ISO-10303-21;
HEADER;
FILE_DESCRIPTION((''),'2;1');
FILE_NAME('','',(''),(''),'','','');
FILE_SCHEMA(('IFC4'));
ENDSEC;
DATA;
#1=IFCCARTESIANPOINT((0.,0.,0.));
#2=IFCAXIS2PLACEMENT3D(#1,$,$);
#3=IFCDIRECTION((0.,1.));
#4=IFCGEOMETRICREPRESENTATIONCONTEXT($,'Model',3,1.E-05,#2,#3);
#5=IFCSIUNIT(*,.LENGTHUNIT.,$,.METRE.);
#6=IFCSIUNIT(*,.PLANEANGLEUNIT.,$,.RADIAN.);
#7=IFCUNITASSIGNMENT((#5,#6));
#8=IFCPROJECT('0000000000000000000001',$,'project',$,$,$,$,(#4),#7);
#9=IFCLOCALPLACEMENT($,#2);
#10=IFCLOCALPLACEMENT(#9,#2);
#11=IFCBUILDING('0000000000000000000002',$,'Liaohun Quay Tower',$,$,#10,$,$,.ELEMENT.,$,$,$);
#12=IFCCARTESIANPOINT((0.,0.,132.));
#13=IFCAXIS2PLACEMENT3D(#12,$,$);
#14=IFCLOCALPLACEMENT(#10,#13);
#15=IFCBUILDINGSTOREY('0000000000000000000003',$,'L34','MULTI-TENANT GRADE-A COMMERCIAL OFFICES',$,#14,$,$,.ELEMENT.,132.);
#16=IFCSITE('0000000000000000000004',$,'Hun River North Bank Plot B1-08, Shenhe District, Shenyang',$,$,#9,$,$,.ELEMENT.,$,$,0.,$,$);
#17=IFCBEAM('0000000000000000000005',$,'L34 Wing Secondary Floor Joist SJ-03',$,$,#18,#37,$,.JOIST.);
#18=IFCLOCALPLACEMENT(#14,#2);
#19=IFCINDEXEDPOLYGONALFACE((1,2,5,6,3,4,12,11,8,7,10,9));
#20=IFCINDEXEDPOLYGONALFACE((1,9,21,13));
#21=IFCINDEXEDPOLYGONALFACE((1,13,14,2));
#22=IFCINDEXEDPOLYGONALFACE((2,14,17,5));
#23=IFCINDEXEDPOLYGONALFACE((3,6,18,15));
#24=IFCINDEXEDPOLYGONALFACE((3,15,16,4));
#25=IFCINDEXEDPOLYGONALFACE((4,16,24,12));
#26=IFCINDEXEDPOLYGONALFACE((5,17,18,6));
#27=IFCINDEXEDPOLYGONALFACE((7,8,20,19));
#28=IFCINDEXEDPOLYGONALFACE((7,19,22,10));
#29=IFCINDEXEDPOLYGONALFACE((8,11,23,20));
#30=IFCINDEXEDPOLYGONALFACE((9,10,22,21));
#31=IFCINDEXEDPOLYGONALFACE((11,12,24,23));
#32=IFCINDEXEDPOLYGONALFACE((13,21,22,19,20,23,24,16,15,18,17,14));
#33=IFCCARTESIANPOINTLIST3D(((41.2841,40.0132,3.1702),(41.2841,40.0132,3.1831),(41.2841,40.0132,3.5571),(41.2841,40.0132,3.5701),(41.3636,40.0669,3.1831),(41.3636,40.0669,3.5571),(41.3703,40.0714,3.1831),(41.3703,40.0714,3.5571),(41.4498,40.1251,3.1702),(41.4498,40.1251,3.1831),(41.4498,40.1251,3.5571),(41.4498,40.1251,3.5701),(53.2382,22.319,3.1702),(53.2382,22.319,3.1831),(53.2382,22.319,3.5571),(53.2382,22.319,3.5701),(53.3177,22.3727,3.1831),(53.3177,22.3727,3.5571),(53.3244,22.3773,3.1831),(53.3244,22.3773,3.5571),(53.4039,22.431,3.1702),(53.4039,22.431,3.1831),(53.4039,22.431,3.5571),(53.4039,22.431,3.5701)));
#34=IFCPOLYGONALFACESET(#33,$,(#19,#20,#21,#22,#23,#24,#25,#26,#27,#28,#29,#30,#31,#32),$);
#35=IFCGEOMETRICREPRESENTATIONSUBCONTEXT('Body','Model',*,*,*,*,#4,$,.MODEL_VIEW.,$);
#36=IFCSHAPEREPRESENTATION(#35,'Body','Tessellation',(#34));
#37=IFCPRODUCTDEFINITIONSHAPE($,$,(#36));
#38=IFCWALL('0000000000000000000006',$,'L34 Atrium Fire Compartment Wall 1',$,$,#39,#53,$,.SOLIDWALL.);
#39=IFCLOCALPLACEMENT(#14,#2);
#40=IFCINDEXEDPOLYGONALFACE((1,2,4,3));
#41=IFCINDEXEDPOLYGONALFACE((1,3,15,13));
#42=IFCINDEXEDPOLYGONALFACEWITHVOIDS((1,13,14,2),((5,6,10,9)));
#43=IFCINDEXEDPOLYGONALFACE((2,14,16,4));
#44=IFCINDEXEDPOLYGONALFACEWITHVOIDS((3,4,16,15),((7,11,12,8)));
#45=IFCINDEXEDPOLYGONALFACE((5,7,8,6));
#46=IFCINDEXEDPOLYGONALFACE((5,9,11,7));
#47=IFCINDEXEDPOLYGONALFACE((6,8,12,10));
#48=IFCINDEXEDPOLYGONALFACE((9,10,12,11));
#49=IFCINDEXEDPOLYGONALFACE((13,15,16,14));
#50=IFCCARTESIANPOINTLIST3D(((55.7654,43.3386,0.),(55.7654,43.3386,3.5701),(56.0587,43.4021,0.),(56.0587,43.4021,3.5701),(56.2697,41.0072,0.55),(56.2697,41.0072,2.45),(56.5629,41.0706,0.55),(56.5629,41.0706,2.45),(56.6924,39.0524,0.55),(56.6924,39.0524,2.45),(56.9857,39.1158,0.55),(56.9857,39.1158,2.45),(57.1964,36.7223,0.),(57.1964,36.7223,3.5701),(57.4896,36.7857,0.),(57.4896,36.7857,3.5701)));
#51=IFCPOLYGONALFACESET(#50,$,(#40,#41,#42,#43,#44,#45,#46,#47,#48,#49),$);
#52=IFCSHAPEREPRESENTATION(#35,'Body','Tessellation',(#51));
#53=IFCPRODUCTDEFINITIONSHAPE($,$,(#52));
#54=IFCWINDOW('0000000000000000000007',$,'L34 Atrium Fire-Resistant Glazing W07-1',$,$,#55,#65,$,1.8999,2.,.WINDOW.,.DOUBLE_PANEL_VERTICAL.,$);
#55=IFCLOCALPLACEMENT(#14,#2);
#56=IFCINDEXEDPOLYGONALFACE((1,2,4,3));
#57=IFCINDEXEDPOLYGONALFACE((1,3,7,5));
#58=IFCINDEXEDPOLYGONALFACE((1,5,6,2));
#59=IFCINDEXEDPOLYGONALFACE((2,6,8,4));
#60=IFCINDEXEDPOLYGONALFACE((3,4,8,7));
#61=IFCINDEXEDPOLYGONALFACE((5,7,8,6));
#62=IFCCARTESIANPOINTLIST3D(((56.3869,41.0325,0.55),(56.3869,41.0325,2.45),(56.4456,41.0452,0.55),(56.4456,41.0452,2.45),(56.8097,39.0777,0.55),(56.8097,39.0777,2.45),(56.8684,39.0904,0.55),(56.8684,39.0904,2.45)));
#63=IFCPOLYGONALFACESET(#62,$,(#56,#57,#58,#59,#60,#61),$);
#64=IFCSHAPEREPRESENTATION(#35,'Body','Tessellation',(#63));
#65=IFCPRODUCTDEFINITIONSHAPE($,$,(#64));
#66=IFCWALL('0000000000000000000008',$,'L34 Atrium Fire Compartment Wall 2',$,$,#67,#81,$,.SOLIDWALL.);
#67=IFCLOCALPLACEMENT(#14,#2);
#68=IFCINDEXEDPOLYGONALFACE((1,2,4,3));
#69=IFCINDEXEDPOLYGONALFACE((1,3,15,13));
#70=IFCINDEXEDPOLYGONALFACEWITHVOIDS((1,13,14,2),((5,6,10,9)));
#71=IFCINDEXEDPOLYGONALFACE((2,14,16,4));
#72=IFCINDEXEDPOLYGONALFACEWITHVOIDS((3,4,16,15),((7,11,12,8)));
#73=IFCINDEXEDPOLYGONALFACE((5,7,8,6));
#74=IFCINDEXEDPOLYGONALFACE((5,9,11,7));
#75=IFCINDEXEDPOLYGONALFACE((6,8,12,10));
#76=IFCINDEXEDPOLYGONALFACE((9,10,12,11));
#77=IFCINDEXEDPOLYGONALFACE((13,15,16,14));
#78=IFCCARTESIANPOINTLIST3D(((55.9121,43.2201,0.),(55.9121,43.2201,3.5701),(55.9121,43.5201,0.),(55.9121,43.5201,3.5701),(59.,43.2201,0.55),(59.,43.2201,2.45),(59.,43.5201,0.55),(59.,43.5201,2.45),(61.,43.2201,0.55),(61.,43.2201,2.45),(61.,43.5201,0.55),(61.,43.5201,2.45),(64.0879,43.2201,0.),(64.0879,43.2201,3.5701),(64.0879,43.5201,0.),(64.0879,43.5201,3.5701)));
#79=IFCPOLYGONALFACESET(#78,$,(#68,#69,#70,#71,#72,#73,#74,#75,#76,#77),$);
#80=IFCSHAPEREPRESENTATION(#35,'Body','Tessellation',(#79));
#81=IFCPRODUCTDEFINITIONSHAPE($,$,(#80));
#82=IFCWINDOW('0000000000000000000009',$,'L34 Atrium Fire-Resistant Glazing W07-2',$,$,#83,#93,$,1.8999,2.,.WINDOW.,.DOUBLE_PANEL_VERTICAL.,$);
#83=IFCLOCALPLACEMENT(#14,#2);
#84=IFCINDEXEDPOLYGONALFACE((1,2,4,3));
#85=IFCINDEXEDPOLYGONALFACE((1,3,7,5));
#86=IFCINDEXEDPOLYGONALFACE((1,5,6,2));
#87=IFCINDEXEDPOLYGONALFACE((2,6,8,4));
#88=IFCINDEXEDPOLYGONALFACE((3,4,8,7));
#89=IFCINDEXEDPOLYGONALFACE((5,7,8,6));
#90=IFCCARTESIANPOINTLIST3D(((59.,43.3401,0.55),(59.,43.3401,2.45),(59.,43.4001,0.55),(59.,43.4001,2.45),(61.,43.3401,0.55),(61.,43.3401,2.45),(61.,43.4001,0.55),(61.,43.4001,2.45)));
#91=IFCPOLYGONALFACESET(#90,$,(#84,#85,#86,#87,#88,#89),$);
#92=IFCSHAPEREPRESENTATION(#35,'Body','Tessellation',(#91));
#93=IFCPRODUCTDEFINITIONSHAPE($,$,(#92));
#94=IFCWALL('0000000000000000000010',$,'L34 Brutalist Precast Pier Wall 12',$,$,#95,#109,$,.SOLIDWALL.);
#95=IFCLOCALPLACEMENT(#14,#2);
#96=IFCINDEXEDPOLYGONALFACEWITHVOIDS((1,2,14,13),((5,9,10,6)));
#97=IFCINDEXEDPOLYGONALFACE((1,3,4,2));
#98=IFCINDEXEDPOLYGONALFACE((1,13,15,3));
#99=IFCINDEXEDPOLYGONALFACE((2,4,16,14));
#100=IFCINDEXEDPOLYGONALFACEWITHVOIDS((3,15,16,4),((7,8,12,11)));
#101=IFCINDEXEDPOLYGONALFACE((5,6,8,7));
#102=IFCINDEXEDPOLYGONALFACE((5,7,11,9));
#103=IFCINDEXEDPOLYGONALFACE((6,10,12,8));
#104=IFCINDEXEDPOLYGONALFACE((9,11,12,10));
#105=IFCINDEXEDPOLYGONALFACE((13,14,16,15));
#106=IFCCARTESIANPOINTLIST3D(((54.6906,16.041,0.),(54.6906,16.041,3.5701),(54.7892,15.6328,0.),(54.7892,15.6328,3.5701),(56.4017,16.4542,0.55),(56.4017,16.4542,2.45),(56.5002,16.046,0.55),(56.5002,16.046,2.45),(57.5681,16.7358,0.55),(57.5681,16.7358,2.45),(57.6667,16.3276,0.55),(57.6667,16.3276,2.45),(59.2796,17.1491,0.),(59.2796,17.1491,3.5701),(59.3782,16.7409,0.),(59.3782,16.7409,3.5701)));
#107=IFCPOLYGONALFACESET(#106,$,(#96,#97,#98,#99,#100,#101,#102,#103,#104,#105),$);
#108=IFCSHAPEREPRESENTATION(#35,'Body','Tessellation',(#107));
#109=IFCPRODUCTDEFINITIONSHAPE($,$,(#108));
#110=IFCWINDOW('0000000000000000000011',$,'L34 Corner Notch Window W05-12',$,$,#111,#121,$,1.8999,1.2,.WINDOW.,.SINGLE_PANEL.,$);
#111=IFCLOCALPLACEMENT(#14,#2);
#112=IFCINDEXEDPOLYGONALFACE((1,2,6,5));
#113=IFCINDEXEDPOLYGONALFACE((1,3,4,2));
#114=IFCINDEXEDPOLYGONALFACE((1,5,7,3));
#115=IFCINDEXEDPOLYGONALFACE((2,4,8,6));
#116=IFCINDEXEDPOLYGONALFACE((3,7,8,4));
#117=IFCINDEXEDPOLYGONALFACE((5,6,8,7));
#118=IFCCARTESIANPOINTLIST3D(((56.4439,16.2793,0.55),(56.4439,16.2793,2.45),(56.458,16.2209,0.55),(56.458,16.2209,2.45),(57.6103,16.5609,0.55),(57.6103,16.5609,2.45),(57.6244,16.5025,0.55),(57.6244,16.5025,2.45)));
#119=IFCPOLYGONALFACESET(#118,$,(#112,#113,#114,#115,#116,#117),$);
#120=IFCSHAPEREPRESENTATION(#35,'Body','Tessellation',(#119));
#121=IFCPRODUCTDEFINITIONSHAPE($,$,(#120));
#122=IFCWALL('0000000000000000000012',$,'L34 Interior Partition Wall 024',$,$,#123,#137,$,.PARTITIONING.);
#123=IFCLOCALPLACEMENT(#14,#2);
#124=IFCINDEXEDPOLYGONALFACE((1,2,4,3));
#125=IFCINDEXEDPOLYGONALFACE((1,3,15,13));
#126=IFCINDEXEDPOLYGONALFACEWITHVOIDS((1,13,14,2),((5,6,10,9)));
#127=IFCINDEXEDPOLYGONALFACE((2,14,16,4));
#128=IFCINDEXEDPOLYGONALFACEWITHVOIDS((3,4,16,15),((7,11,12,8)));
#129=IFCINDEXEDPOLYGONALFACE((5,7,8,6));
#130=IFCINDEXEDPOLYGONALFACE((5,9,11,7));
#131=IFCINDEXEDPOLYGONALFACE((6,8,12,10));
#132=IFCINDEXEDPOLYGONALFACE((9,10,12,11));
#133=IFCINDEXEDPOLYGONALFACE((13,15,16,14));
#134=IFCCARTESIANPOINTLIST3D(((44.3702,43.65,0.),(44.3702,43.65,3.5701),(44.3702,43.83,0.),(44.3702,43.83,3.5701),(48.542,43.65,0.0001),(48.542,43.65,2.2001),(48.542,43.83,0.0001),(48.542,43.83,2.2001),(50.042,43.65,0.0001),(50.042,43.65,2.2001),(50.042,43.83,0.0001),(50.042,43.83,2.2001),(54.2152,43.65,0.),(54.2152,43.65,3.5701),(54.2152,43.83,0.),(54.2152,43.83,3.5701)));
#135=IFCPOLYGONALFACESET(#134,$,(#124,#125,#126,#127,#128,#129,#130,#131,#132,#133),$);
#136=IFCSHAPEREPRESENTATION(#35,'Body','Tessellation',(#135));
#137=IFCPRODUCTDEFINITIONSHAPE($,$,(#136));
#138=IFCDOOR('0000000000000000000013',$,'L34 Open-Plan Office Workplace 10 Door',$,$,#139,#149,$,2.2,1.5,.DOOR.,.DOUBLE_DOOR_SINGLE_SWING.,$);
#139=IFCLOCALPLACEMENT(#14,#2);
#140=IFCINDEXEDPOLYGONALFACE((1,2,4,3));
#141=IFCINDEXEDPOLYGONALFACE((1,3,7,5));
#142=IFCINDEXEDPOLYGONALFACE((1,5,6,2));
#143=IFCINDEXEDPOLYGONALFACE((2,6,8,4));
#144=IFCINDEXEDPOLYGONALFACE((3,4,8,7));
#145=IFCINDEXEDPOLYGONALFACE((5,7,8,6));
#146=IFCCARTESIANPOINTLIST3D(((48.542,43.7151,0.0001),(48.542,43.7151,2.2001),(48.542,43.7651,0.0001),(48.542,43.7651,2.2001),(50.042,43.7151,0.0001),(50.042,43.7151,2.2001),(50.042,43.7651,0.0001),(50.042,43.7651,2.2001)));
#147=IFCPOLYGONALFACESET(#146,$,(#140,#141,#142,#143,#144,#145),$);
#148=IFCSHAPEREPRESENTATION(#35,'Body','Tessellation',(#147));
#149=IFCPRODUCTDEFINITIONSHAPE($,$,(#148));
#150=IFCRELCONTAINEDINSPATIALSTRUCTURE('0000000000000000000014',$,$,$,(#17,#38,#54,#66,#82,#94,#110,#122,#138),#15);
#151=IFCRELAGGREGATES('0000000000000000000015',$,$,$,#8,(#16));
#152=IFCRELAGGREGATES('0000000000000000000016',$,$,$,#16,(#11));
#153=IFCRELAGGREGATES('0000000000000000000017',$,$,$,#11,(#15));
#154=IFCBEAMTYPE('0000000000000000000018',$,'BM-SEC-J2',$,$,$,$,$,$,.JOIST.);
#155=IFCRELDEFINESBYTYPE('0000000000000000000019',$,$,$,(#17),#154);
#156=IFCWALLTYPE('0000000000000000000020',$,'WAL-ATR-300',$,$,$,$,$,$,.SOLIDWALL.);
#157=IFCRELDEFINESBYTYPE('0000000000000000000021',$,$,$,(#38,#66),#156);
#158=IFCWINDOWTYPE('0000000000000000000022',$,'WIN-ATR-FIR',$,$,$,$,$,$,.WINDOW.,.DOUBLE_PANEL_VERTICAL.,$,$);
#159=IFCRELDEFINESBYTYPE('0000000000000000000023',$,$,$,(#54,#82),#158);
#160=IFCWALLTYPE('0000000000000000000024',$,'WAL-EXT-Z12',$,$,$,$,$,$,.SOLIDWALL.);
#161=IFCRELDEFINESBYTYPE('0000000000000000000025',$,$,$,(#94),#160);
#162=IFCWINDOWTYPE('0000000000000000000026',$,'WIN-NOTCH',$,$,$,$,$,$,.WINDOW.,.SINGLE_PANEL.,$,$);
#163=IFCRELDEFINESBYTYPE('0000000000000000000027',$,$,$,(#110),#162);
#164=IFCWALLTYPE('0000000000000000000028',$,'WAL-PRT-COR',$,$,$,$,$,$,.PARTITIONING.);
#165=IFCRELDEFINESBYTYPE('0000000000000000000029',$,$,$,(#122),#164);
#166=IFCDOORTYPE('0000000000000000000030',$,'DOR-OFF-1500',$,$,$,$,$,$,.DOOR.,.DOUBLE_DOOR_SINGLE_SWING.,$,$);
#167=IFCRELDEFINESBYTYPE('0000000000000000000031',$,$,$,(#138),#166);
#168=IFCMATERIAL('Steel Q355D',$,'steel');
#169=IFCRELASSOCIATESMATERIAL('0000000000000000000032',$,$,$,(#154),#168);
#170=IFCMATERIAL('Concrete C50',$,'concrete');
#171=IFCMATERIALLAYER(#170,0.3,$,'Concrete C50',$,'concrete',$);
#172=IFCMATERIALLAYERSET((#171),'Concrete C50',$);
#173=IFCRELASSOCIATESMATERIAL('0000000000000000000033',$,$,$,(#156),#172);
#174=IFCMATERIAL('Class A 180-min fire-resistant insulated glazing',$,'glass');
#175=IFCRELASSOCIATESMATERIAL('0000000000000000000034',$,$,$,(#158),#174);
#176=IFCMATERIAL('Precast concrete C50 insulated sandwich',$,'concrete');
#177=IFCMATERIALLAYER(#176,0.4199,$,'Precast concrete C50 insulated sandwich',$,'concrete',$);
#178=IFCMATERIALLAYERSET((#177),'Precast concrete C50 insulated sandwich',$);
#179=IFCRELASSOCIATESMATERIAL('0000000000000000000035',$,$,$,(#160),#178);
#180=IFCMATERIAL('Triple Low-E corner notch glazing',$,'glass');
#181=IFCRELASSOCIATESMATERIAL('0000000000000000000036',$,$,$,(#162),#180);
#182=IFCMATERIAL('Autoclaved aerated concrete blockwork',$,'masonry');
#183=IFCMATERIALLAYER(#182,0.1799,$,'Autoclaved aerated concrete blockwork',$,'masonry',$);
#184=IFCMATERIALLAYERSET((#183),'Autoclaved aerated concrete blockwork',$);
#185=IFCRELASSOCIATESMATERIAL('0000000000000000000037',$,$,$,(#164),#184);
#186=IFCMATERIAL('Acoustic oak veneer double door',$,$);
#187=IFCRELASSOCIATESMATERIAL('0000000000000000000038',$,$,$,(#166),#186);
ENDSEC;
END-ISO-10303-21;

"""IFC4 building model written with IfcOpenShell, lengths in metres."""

from ifc_helpers import new_model, si_unit, direction, frame, frame_2d, origin, origin_2d, place, context, subcontext, project, spatial, rectangle, i_section, extrude, source, transform, mapped, material, layer, layer_set, material_profile, profile_set, type_object, element, fill, save


model = new_model("IFC4")

# Units and contexts
model_context = context("Model", 3, precision=1e-05, world=origin(), true_north=direction((0.0, 1.0)))
body_context = subcontext(model_context, "Body", "Model", "MODEL_VIEW")
ifc_project = project(units=[si_unit("LENGTHUNIT", "METRE"), si_unit("PLANEANGLEUNIT", "RADIAN")], contexts=[model_context])

# Site, building, storey
site_placement = place(None, origin())
site = spatial("IfcSite", under=ifc_project, at=site_placement, Name="Hun River North Bank Plot B1-08, Shenhe District, Shenyang", CompositionType="ELEMENT", RefElevation=0.0)
building_placement = place(site_placement, origin())
building = spatial("IfcBuilding", under=site, at=building_placement, Name="Liaohun Quay Tower", CompositionType="ELEMENT")
storey_placement = place(building_placement, frame((0.0, 0.0, 132.0)))
storey = spatial("IfcBuildingStorey", under=building, at=storey_placement, Name="L34", Description="MULTI-TENANT GRADE-A COMMERCIAL OFFICES", CompositionType="ELEMENT", Elevation=132.0)

# Beam
ifc_material_1 = material(Name="Steel Q355D", Category="steel")
ifc_material_profile_1 = material_profile(ifc_material_1, i_section(OverallWidth=0.2, OverallDepth=0.3999, WebThickness=0.0081, FlangeThickness=0.0129, at=origin_2d()), Name="HN400x200x8x13")
ifc_profile_set_1 = profile_set([ifc_material_profile_1], Name="Steel Q355D")
beam_type_1 = type_object("IfcBeamType", Name="BM-SEC-J2", PredefinedType="JOIST", material=ifc_profile_set_1)
shared_shape_1 = source(origin(), body_context, "Body", "SweptSolid", [
    extrude(i_section(OverallWidth=0.2, OverallDepth=0.3999, WebThickness=0.0081, FlangeThickness=0.0129, at=origin_2d()), origin(), (0.0, 0.0, 1.0), 21.3538),
])
beam_1_placement = place(storey_placement, frame((53.321, 22.375, 3.3701), z_axis=(-0.559813, 0.828619, 0.0), x_axis=(-0.828619, -0.559813, 0.0)))
element("IfcBeam", 1, at=beam_1_placement, inside=storey, type_object=beam_type_1, Name="L34 Wing Secondary Floor Joist SJ-03", PredefinedType="JOIST", context=body_context, shape_type="MappedRepresentation", body=[
    mapped(shared_shape_1, transform((0.0, 0.0, 0.0), x_axis=(1.0, 0.0, 0.0), y_axis=(0.0, 1.0, 0.0), z_axis=(0.0, 0.0, 1.0), scale=1.0)),
])

# Walls, openings, windows
ifc_material_2 = material(Name="Concrete C50", Category="concrete")
ifc_layer_1 = layer(ifc_material_2, 0.3, Name="Concrete C50", Category="concrete")
ifc_layer_set_1 = layer_set([ifc_layer_1], Name="Concrete C50")
wall_type_1 = type_object("IfcWallType", Name="WAL-ATR-300", PredefinedType="SOLIDWALL", material=ifc_layer_set_1)
wall_1_placement = place(storey_placement, frame((57.343, 36.7539, 0.0), z_axis=(0.0, 0.0, 1.0), x_axis=(-0.211386, 0.977403, 0.0)))
wall_1 = element("IfcWall", 2, at=wall_1_placement, inside=storey, type_object=wall_type_1, Name="L34 Atrium Fire Compartment Wall 1", PredefinedType="SOLIDWALL", context=body_context, shape_type="SweptSolid", body=[
    extrude(rectangle(XDim=6.7693, YDim=0.3, at=frame_2d((3.3848, 0.0))), origin(), (0.0, 0.0, 1.0), 3.5701),
])
shared_shape_2 = source(origin(), body_context, "Body", "SweptSolid", [
    extrude(rectangle(XDim=2.0, YDim=1.8999, at=frame_2d((1.0, 0.95))), frame((0.0, 0.1599, 0.0), z_axis=(0.0, -1.0, 0.0), x_axis=(1.0, 0.0, 0.0)), (0.0, 0.0, 1.0), 0.3201),
])
opening_1_placement = place(wall_1_placement, frame((2.384, 0.0, 0.55)))
opening_1 = element("IfcOpeningElement", 3, at=opening_1_placement, cuts=wall_1, PredefinedType="OPENING", context=body_context, shape_type="MappedRepresentation", body=[
    mapped(shared_shape_2, transform((0.0, 0.0, 0.0), x_axis=(1.0, 0.0, 0.0), y_axis=(0.0, 1.0, 0.0), z_axis=(0.0, 0.0, 1.0), scale=1.0)),
])
ifc_material_3 = material(Name="Class A 180-min fire-resistant insulated glazing", Category="glass")
window_type_1 = type_object("IfcWindowType", Name="WIN-ATR-FIR", PartitioningType="DOUBLE_PANEL_VERTICAL", PredefinedType="WINDOW", material=ifc_material_3)
shared_shape_3 = source(origin(), body_context, "Body", "SweptSolid", [
    extrude(rectangle(XDim=2.0, YDim=1.8999, at=frame_2d((1.0, 0.95))), frame((0.0, 0.03, 0.0), z_axis=(0.0, -1.0, 0.0), x_axis=(1.0, 0.0, 0.0)), (0.0, 0.0, 1.0), 0.0601),
])
window_1_placement = place(opening_1_placement, origin())
window_1 = element("IfcWindow", 4, at=window_1_placement, inside=storey, type_object=window_type_1, Name="L34 Atrium Fire-Resistant Glazing W07-1", OverallHeight=1.8999, OverallWidth=2.0, PartitioningType="DOUBLE_PANEL_VERTICAL", PredefinedType="WINDOW", context=body_context, shape_type="MappedRepresentation", body=[
    mapped(shared_shape_3, transform((0.0, 0.0, 0.0), x_axis=(1.0, 0.0, 0.0), y_axis=(0.0, 1.0, 0.0), z_axis=(0.0, 0.0, 1.0), scale=1.0)),
])
fill(opening_1, window_1)
wall_2_placement = place(storey_placement, frame((55.9121, 43.3701, 0.0), z_axis=(0.0, 0.0, 1.0), x_axis=(1.0, 0.0, 0.0)))
wall_2 = element("IfcWall", 5, at=wall_2_placement, inside=storey, type_object=wall_type_1, Name="L34 Atrium Fire Compartment Wall 2", PredefinedType="SOLIDWALL", context=body_context, shape_type="SweptSolid", body=[
    extrude(rectangle(XDim=8.1758, YDim=0.3, at=frame_2d((4.0879, 0.0))), origin(), (0.0, 0.0, 1.0), 3.5701),
])
opening_2_placement = place(wall_2_placement, frame((3.0879, 0.0, 0.55)))
opening_2 = element("IfcOpeningElement", 6, at=opening_2_placement, cuts=wall_2, PredefinedType="OPENING", context=body_context, shape_type="MappedRepresentation", body=[
    mapped(shared_shape_2, transform((0.0, 0.0, 0.0), x_axis=(1.0, 0.0, 0.0), y_axis=(0.0, 1.0, 0.0), z_axis=(0.0, 0.0, 1.0), scale=1.0)),
])
window_2_placement = place(opening_2_placement, origin())
window_2 = element("IfcWindow", 7, at=window_2_placement, inside=storey, type_object=window_type_1, Name="L34 Atrium Fire-Resistant Glazing W07-2", OverallHeight=1.8999, OverallWidth=2.0, PartitioningType="DOUBLE_PANEL_VERTICAL", PredefinedType="WINDOW", context=body_context, shape_type="MappedRepresentation", body=[
    mapped(shared_shape_3, transform((0.0, 0.0, 0.0), x_axis=(1.0, 0.0, 0.0), y_axis=(0.0, 1.0, 0.0), z_axis=(0.0, 0.0, 1.0), scale=1.0)),
])
fill(opening_2, window_2)
ifc_material_4 = material(Name="Precast concrete C50 insulated sandwich", Category="concrete")
ifc_layer_2 = layer(ifc_material_4, 0.4199, Name="Precast concrete C50 insulated sandwich", Category="concrete")
ifc_layer_set_2 = layer_set([ifc_layer_2], Name="Precast concrete C50 insulated sandwich")
wall_type_2 = type_object("IfcWallType", Name="WAL-EXT-Z12", PredefinedType="SOLIDWALL", material=ifc_layer_set_2)
wall_3_placement = place(storey_placement, frame((54.74, 15.8369, 0.0), z_axis=(0.0, 0.0, 1.0), x_axis=(0.972061, 0.234728, 0.0)))
wall_3 = element("IfcWall", 8, at=wall_3_placement, inside=storey, type_object=wall_type_2, Name="L34 Brutalist Precast Pier Wall 12", PredefinedType="SOLIDWALL", context=body_context, shape_type="SweptSolid", body=[
    extrude(rectangle(XDim=4.7209, YDim=0.4199, at=frame_2d((2.3604, 0.0))), origin(), (0.0, 0.0, 1.0), 3.5701),
])
shared_shape_4 = source(origin(), body_context, "Body", "SweptSolid", [
    extrude(rectangle(XDim=1.2, YDim=1.8999, at=frame_2d((0.6001, 0.95))), frame((0.0, 0.22, 0.0), z_axis=(0.0, -1.0, 0.0), x_axis=(1.0, 0.0, 0.0)), (0.0, 0.0, 1.0), 0.4399),
])
opening_3_placement = place(wall_3_placement, frame((1.76, 0.0, 0.55)))
opening_3 = element("IfcOpeningElement", 9, at=opening_3_placement, cuts=wall_3, PredefinedType="OPENING", context=body_context, shape_type="MappedRepresentation", body=[
    mapped(shared_shape_4, transform((0.0, 0.0, 0.0), x_axis=(1.0, 0.0, 0.0), y_axis=(0.0, 1.0, 0.0), z_axis=(0.0, 0.0, 1.0), scale=1.0)),
])
ifc_material_5 = material(Name="Triple Low-E corner notch glazing", Category="glass")
window_type_2 = type_object("IfcWindowType", Name="WIN-NOTCH", PartitioningType="SINGLE_PANEL", PredefinedType="WINDOW", material=ifc_material_5)
shared_shape_5 = source(origin(), body_context, "Body", "SweptSolid", [
    extrude(rectangle(XDim=1.2, YDim=1.8999, at=frame_2d((0.6001, 0.95))), frame((0.0, 0.03, 0.0), z_axis=(0.0, -1.0, 0.0), x_axis=(1.0, 0.0, 0.0)), (0.0, 0.0, 1.0), 0.0601),
])
window_3_placement = place(opening_3_placement, origin())
window_3 = element("IfcWindow", 10, at=window_3_placement, inside=storey, type_object=window_type_2, Name="L34 Corner Notch Window W05-12", OverallHeight=1.8999, OverallWidth=1.2, PartitioningType="SINGLE_PANEL", PredefinedType="WINDOW", context=body_context, shape_type="MappedRepresentation", body=[
    mapped(shared_shape_5, transform((0.0, 0.0, 0.0), x_axis=(1.0, 0.0, 0.0), y_axis=(0.0, 1.0, 0.0), z_axis=(0.0, 0.0, 1.0), scale=1.0)),
])
fill(opening_3, window_3)

# Wall, opening, door
ifc_material_6 = material(Name="Autoclaved aerated concrete blockwork", Category="masonry")
ifc_layer_3 = layer(ifc_material_6, 0.1799, Name="Autoclaved aerated concrete blockwork", Category="masonry")
ifc_layer_set_3 = layer_set([ifc_layer_3], Name="Autoclaved aerated concrete blockwork")
wall_type_3 = type_object("IfcWallType", Name="WAL-PRT-COR", PredefinedType="PARTITIONING", material=ifc_layer_set_3)
wall_4_placement = place(storey_placement, frame((54.2151, 43.74, 0.0), z_axis=(0.0, 0.0, 1.0), x_axis=(-1.0, 0.0, 0.0)))
wall_4 = element("IfcWall", 11, at=wall_4_placement, inside=storey, type_object=wall_type_3, Name="L34 Interior Partition Wall 024", PredefinedType="PARTITIONING", context=body_context, shape_type="SweptSolid", body=[
    extrude(rectangle(XDim=9.845, YDim=0.1799, at=frame_2d((4.9224, 0.0))), origin(), (0.0, 0.0, 1.0), 3.5701),
])
shared_shape_6 = source(origin(), body_context, "Body", "SweptSolid", [
    extrude(rectangle(XDim=1.5, YDim=2.2, at=frame_2d((0.75, 1.1001))), frame((0.0, 0.0999, 0.0), z_axis=(0.0, -1.0, 0.0), x_axis=(1.0, 0.0, 0.0)), (0.0, 0.0, 1.0), 0.2),
])
opening_4_placement = place(wall_4_placement, frame((4.1731, 0.0, 0.0)))
opening_4 = element("IfcOpeningElement", 12, at=opening_4_placement, cuts=wall_4, PredefinedType="OPENING", context=body_context, shape_type="MappedRepresentation", body=[
    mapped(shared_shape_6, transform((0.0, 0.0, 0.0), x_axis=(1.0, 0.0, 0.0), y_axis=(0.0, 1.0, 0.0), z_axis=(0.0, 0.0, 1.0), scale=1.0)),
])
ifc_material_7 = material(Name="Acoustic oak veneer double door")
door_type = type_object("IfcDoorType", Name="DOR-OFF-1500", OperationType="DOUBLE_DOOR_SINGLE_SWING", PredefinedType="DOOR", material=ifc_material_7)
shared_shape_7 = source(origin(), body_context, "Body", "SweptSolid", [
    extrude(rectangle(XDim=1.5, YDim=2.2, at=frame_2d((0.75, 1.1001))), frame((0.0, 0.0249, 0.0), z_axis=(0.0, -1.0, 0.0), x_axis=(1.0, 0.0, 0.0)), (0.0, 0.0, 1.0), 0.05),
])
door_placement = place(opening_4_placement, origin())
door = element("IfcDoor", 13, at=door_placement, inside=storey, type_object=door_type, Name="L34 Open-Plan Office Workplace 10 Door", OperationType="DOUBLE_DOOR_SINGLE_SWING", OverallHeight=2.2, OverallWidth=1.5, PredefinedType="DOOR", context=body_context, shape_type="MappedRepresentation", body=[
    mapped(shared_shape_7, transform((0.0, 0.0, 0.0), x_axis=(1.0, 0.0, 0.0), y_axis=(0.0, 1.0, 0.0), z_axis=(0.0, 0.0, 1.0), scale=1.0)),
])
fill(opening_4, door)

save(model, "model.ifc")
